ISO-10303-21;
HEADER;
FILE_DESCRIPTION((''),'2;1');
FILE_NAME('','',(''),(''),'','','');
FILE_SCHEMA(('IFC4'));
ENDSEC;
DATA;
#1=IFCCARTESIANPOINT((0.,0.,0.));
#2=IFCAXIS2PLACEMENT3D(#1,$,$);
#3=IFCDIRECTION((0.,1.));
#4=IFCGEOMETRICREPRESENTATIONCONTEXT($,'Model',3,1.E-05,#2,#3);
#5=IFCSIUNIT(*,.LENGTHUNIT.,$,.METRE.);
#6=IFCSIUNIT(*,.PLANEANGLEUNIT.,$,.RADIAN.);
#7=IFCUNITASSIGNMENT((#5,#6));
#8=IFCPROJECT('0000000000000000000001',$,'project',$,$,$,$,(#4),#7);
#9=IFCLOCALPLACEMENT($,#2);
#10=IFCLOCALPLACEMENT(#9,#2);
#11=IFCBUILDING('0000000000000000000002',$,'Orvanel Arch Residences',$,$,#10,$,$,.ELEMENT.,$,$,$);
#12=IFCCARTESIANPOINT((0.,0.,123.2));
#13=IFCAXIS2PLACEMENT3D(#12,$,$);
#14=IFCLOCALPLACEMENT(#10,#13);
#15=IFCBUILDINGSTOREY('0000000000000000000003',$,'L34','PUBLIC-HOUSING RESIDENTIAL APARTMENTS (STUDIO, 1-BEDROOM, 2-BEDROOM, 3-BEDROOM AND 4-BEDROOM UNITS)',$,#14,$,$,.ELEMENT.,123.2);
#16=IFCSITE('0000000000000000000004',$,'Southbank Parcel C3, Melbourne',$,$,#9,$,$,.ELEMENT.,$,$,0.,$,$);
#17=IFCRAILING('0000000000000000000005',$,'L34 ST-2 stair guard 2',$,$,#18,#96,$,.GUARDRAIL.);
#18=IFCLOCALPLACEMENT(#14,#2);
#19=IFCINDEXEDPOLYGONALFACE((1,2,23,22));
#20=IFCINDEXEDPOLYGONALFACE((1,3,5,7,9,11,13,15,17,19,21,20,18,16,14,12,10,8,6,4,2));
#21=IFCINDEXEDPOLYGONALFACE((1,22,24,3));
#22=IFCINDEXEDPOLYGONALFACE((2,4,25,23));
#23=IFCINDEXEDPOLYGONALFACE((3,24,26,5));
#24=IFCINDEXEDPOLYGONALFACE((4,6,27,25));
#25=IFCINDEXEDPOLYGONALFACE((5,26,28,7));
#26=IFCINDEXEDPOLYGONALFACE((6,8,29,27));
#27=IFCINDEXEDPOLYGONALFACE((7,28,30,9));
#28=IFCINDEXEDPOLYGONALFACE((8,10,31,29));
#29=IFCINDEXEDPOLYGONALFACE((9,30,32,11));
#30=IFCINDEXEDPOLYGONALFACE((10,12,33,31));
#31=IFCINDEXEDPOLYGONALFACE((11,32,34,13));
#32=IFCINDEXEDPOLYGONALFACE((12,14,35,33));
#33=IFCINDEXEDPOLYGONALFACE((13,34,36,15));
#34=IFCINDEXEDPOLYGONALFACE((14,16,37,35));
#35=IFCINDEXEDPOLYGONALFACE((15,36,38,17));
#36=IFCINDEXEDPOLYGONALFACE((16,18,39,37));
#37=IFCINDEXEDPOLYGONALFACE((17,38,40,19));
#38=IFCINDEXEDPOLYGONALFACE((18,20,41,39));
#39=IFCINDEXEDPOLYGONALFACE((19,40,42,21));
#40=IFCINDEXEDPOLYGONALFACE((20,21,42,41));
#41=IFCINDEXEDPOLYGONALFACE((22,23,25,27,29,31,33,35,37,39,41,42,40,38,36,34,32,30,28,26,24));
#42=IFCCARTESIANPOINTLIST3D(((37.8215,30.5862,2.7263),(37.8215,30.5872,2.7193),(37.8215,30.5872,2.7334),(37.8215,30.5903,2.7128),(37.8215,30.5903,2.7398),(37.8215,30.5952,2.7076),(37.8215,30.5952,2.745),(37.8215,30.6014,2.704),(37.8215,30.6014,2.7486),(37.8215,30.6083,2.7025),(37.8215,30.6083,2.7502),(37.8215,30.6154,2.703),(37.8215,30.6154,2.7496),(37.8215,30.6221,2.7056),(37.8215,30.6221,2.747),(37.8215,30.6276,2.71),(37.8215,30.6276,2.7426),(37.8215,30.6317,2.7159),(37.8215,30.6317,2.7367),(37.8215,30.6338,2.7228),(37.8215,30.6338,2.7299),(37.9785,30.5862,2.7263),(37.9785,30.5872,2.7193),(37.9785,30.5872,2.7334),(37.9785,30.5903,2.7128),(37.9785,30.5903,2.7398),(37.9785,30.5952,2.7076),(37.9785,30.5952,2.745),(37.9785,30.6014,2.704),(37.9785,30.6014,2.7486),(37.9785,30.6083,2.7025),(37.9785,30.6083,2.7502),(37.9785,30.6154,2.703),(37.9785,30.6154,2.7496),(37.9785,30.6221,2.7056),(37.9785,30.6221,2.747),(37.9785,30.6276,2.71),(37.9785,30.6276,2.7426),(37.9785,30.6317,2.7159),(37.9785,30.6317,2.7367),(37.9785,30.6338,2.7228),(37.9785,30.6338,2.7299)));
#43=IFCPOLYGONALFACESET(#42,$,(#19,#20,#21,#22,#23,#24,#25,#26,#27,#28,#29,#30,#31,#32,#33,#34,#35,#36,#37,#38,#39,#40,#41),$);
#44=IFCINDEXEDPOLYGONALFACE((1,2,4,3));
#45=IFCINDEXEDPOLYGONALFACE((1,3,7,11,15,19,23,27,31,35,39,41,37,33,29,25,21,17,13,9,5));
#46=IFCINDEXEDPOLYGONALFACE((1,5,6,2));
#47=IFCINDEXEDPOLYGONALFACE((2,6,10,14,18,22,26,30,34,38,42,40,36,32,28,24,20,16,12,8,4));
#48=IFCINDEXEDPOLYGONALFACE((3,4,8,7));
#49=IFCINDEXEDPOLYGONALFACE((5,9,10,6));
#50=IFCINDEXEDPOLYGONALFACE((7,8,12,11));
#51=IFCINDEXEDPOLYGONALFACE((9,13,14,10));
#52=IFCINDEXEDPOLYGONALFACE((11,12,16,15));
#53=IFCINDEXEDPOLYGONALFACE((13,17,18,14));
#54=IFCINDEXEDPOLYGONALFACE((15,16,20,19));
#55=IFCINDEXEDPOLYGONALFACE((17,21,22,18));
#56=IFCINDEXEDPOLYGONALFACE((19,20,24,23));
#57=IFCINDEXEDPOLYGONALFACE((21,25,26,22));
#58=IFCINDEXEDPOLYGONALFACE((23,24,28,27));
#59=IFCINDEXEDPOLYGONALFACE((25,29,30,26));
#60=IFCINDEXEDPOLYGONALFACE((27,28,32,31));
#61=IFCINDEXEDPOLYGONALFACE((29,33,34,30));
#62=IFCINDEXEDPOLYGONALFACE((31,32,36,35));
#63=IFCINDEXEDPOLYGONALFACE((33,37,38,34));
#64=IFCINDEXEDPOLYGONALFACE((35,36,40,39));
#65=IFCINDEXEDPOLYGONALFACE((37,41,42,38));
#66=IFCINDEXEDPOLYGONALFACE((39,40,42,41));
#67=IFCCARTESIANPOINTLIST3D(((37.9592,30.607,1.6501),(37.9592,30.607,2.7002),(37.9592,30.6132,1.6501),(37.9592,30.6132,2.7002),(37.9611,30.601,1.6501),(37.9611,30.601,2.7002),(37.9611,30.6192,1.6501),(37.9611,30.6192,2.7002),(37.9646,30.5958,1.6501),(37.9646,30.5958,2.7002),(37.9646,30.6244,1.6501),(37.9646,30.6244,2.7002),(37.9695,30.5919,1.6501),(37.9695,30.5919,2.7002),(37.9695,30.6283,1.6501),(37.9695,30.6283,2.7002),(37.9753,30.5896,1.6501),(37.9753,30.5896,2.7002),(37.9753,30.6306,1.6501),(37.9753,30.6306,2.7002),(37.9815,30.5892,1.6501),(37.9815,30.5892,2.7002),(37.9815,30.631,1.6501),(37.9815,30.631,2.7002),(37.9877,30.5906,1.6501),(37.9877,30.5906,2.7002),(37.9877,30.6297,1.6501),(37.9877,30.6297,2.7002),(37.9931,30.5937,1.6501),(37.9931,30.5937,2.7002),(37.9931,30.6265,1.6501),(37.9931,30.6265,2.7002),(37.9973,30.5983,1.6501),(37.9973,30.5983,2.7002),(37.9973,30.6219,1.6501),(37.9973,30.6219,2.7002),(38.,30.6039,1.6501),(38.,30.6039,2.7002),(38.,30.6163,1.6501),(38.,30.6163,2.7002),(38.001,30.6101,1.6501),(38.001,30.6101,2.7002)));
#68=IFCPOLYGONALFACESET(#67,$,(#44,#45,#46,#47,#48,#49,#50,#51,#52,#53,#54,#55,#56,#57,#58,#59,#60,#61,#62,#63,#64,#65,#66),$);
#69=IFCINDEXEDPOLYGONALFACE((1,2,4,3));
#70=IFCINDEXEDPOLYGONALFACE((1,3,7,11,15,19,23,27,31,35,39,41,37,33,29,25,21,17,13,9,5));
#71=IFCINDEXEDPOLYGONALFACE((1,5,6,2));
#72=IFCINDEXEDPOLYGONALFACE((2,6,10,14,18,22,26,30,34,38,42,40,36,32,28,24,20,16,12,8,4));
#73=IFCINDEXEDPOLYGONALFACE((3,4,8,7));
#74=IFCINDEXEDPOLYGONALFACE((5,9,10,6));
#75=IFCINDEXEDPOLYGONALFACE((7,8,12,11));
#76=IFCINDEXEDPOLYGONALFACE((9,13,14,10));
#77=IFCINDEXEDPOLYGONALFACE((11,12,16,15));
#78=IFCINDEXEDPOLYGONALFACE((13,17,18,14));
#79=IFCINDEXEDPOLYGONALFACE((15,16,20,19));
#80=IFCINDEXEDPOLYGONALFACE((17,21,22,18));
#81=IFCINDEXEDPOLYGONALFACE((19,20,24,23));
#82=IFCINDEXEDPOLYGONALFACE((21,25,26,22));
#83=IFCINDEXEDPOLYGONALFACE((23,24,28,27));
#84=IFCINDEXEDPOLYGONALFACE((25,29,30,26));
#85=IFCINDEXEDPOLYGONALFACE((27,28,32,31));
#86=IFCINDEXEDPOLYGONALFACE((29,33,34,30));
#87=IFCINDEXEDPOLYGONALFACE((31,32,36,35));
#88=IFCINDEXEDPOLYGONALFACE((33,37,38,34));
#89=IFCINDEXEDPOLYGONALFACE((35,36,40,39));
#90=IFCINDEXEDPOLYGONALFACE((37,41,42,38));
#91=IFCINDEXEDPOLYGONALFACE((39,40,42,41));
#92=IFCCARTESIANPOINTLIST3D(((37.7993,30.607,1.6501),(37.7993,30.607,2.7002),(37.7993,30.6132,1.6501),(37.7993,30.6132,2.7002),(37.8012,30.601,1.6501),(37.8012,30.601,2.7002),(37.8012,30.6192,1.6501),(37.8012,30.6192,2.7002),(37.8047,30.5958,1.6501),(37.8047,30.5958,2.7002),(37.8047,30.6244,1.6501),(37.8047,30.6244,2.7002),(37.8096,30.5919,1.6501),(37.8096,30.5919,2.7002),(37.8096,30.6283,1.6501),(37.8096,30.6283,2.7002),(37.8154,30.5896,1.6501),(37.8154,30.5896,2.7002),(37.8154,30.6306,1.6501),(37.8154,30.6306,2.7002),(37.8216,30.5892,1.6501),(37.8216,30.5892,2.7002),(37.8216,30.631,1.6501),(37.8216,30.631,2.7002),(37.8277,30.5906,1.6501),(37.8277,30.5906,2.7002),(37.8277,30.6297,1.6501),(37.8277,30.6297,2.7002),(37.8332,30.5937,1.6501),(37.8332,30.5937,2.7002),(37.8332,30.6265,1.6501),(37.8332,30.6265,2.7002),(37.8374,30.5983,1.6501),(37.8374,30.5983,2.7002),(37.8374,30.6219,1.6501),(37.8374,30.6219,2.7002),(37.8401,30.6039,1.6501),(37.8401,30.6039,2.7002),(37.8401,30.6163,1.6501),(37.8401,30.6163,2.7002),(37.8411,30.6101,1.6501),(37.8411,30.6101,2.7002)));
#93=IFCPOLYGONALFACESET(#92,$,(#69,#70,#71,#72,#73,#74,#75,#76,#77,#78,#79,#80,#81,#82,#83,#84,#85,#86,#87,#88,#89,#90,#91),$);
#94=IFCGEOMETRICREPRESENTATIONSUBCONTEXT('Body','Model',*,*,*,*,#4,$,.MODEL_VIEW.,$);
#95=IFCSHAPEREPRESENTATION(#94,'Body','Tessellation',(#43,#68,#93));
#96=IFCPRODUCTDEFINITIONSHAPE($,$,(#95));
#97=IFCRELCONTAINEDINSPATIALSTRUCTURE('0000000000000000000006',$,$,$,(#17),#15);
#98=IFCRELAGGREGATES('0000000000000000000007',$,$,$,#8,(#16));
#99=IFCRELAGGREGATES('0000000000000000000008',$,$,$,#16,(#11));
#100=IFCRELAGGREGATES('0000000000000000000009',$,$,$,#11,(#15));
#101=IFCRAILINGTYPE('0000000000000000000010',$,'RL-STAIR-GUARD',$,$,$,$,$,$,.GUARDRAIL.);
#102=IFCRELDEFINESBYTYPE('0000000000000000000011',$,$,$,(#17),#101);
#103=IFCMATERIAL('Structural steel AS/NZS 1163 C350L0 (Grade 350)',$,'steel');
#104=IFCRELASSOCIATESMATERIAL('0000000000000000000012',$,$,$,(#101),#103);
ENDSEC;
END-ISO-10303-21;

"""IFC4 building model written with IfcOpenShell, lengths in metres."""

from ifc_helpers import new_model, si_unit, direction, frame, origin, origin_2d, place, context, subcontext, project, spatial, circle, extrude, material, type_object, element, save


model = new_model("IFC4")

# Units and contexts
model_context = context("Model", 3, precision=1e-05, world=origin(), true_north=direction((0.0, 1.0)))
body_context = subcontext(model_context, "Body", "Model", "MODEL_VIEW")
ifc_project = project(units=[si_unit("LENGTHUNIT", "METRE"), si_unit("PLANEANGLEUNIT", "RADIAN")], contexts=[model_context])

# Site, building, storey
site_placement = place(None, origin())
site = spatial("IfcSite", under=ifc_project, at=site_placement, Name="Southbank Parcel C3, Melbourne", CompositionType="ELEMENT", RefElevation=0.0)
building_placement = place(site_placement, origin())
building = spatial("IfcBuilding", under=site, at=building_placement, Name="Orvanel Arch Residences", CompositionType="ELEMENT")
storey_placement = place(building_placement, frame((0.0, 0.0, 123.2)))
storey = spatial("IfcBuildingStorey", under=building, at=storey_placement, Name="L34", Description="PUBLIC-HOUSING RESIDENTIAL APARTMENTS (STUDIO, 1-BEDROOM, 2-BEDROOM, 3-BEDROOM AND 4-BEDROOM UNITS)", CompositionType="ELEMENT", Elevation=123.2)

# Railing
ifc_material_1 = material(Name="Structural steel AS/NZS 1163 C350L0 (Grade 350)", Category="steel")
railing_type_1 = type_object("IfcRailingType", Name="RL-STAIR-GUARD", PredefinedType="GUARDRAIL", material=ifc_material_1)
railing_1_placement = place(storey_placement, frame((37.98, 30.6101, 1.6501)))
element("IfcRailing", 1, at=railing_1_placement, inside=storey, type_object=railing_type_1, Name="L34 ST-2 stair guard 2", PredefinedType="GUARDRAIL", context=body_context, shape_type="SweptSolid", body=[
    extrude(circle(Radius=0.0239, at=origin_2d()), frame((-0.0015, 0.0, 1.0762), z_axis=(-1.0, 0.0, 0.0), x_axis=(0.0, -1.0, 0.0)), (0.0, 0.0, 1.0), 0.157),
    extrude(circle(Radius=0.021, at=origin_2d()), origin(), (0.0, 0.0, 1.0), 1.05),
    extrude(circle(Radius=0.021, at=origin_2d()), frame((-0.1599, 0.0, 0.0)), (0.0, 0.0, 1.0), 1.05),
])

save(model, "model.ifc")
